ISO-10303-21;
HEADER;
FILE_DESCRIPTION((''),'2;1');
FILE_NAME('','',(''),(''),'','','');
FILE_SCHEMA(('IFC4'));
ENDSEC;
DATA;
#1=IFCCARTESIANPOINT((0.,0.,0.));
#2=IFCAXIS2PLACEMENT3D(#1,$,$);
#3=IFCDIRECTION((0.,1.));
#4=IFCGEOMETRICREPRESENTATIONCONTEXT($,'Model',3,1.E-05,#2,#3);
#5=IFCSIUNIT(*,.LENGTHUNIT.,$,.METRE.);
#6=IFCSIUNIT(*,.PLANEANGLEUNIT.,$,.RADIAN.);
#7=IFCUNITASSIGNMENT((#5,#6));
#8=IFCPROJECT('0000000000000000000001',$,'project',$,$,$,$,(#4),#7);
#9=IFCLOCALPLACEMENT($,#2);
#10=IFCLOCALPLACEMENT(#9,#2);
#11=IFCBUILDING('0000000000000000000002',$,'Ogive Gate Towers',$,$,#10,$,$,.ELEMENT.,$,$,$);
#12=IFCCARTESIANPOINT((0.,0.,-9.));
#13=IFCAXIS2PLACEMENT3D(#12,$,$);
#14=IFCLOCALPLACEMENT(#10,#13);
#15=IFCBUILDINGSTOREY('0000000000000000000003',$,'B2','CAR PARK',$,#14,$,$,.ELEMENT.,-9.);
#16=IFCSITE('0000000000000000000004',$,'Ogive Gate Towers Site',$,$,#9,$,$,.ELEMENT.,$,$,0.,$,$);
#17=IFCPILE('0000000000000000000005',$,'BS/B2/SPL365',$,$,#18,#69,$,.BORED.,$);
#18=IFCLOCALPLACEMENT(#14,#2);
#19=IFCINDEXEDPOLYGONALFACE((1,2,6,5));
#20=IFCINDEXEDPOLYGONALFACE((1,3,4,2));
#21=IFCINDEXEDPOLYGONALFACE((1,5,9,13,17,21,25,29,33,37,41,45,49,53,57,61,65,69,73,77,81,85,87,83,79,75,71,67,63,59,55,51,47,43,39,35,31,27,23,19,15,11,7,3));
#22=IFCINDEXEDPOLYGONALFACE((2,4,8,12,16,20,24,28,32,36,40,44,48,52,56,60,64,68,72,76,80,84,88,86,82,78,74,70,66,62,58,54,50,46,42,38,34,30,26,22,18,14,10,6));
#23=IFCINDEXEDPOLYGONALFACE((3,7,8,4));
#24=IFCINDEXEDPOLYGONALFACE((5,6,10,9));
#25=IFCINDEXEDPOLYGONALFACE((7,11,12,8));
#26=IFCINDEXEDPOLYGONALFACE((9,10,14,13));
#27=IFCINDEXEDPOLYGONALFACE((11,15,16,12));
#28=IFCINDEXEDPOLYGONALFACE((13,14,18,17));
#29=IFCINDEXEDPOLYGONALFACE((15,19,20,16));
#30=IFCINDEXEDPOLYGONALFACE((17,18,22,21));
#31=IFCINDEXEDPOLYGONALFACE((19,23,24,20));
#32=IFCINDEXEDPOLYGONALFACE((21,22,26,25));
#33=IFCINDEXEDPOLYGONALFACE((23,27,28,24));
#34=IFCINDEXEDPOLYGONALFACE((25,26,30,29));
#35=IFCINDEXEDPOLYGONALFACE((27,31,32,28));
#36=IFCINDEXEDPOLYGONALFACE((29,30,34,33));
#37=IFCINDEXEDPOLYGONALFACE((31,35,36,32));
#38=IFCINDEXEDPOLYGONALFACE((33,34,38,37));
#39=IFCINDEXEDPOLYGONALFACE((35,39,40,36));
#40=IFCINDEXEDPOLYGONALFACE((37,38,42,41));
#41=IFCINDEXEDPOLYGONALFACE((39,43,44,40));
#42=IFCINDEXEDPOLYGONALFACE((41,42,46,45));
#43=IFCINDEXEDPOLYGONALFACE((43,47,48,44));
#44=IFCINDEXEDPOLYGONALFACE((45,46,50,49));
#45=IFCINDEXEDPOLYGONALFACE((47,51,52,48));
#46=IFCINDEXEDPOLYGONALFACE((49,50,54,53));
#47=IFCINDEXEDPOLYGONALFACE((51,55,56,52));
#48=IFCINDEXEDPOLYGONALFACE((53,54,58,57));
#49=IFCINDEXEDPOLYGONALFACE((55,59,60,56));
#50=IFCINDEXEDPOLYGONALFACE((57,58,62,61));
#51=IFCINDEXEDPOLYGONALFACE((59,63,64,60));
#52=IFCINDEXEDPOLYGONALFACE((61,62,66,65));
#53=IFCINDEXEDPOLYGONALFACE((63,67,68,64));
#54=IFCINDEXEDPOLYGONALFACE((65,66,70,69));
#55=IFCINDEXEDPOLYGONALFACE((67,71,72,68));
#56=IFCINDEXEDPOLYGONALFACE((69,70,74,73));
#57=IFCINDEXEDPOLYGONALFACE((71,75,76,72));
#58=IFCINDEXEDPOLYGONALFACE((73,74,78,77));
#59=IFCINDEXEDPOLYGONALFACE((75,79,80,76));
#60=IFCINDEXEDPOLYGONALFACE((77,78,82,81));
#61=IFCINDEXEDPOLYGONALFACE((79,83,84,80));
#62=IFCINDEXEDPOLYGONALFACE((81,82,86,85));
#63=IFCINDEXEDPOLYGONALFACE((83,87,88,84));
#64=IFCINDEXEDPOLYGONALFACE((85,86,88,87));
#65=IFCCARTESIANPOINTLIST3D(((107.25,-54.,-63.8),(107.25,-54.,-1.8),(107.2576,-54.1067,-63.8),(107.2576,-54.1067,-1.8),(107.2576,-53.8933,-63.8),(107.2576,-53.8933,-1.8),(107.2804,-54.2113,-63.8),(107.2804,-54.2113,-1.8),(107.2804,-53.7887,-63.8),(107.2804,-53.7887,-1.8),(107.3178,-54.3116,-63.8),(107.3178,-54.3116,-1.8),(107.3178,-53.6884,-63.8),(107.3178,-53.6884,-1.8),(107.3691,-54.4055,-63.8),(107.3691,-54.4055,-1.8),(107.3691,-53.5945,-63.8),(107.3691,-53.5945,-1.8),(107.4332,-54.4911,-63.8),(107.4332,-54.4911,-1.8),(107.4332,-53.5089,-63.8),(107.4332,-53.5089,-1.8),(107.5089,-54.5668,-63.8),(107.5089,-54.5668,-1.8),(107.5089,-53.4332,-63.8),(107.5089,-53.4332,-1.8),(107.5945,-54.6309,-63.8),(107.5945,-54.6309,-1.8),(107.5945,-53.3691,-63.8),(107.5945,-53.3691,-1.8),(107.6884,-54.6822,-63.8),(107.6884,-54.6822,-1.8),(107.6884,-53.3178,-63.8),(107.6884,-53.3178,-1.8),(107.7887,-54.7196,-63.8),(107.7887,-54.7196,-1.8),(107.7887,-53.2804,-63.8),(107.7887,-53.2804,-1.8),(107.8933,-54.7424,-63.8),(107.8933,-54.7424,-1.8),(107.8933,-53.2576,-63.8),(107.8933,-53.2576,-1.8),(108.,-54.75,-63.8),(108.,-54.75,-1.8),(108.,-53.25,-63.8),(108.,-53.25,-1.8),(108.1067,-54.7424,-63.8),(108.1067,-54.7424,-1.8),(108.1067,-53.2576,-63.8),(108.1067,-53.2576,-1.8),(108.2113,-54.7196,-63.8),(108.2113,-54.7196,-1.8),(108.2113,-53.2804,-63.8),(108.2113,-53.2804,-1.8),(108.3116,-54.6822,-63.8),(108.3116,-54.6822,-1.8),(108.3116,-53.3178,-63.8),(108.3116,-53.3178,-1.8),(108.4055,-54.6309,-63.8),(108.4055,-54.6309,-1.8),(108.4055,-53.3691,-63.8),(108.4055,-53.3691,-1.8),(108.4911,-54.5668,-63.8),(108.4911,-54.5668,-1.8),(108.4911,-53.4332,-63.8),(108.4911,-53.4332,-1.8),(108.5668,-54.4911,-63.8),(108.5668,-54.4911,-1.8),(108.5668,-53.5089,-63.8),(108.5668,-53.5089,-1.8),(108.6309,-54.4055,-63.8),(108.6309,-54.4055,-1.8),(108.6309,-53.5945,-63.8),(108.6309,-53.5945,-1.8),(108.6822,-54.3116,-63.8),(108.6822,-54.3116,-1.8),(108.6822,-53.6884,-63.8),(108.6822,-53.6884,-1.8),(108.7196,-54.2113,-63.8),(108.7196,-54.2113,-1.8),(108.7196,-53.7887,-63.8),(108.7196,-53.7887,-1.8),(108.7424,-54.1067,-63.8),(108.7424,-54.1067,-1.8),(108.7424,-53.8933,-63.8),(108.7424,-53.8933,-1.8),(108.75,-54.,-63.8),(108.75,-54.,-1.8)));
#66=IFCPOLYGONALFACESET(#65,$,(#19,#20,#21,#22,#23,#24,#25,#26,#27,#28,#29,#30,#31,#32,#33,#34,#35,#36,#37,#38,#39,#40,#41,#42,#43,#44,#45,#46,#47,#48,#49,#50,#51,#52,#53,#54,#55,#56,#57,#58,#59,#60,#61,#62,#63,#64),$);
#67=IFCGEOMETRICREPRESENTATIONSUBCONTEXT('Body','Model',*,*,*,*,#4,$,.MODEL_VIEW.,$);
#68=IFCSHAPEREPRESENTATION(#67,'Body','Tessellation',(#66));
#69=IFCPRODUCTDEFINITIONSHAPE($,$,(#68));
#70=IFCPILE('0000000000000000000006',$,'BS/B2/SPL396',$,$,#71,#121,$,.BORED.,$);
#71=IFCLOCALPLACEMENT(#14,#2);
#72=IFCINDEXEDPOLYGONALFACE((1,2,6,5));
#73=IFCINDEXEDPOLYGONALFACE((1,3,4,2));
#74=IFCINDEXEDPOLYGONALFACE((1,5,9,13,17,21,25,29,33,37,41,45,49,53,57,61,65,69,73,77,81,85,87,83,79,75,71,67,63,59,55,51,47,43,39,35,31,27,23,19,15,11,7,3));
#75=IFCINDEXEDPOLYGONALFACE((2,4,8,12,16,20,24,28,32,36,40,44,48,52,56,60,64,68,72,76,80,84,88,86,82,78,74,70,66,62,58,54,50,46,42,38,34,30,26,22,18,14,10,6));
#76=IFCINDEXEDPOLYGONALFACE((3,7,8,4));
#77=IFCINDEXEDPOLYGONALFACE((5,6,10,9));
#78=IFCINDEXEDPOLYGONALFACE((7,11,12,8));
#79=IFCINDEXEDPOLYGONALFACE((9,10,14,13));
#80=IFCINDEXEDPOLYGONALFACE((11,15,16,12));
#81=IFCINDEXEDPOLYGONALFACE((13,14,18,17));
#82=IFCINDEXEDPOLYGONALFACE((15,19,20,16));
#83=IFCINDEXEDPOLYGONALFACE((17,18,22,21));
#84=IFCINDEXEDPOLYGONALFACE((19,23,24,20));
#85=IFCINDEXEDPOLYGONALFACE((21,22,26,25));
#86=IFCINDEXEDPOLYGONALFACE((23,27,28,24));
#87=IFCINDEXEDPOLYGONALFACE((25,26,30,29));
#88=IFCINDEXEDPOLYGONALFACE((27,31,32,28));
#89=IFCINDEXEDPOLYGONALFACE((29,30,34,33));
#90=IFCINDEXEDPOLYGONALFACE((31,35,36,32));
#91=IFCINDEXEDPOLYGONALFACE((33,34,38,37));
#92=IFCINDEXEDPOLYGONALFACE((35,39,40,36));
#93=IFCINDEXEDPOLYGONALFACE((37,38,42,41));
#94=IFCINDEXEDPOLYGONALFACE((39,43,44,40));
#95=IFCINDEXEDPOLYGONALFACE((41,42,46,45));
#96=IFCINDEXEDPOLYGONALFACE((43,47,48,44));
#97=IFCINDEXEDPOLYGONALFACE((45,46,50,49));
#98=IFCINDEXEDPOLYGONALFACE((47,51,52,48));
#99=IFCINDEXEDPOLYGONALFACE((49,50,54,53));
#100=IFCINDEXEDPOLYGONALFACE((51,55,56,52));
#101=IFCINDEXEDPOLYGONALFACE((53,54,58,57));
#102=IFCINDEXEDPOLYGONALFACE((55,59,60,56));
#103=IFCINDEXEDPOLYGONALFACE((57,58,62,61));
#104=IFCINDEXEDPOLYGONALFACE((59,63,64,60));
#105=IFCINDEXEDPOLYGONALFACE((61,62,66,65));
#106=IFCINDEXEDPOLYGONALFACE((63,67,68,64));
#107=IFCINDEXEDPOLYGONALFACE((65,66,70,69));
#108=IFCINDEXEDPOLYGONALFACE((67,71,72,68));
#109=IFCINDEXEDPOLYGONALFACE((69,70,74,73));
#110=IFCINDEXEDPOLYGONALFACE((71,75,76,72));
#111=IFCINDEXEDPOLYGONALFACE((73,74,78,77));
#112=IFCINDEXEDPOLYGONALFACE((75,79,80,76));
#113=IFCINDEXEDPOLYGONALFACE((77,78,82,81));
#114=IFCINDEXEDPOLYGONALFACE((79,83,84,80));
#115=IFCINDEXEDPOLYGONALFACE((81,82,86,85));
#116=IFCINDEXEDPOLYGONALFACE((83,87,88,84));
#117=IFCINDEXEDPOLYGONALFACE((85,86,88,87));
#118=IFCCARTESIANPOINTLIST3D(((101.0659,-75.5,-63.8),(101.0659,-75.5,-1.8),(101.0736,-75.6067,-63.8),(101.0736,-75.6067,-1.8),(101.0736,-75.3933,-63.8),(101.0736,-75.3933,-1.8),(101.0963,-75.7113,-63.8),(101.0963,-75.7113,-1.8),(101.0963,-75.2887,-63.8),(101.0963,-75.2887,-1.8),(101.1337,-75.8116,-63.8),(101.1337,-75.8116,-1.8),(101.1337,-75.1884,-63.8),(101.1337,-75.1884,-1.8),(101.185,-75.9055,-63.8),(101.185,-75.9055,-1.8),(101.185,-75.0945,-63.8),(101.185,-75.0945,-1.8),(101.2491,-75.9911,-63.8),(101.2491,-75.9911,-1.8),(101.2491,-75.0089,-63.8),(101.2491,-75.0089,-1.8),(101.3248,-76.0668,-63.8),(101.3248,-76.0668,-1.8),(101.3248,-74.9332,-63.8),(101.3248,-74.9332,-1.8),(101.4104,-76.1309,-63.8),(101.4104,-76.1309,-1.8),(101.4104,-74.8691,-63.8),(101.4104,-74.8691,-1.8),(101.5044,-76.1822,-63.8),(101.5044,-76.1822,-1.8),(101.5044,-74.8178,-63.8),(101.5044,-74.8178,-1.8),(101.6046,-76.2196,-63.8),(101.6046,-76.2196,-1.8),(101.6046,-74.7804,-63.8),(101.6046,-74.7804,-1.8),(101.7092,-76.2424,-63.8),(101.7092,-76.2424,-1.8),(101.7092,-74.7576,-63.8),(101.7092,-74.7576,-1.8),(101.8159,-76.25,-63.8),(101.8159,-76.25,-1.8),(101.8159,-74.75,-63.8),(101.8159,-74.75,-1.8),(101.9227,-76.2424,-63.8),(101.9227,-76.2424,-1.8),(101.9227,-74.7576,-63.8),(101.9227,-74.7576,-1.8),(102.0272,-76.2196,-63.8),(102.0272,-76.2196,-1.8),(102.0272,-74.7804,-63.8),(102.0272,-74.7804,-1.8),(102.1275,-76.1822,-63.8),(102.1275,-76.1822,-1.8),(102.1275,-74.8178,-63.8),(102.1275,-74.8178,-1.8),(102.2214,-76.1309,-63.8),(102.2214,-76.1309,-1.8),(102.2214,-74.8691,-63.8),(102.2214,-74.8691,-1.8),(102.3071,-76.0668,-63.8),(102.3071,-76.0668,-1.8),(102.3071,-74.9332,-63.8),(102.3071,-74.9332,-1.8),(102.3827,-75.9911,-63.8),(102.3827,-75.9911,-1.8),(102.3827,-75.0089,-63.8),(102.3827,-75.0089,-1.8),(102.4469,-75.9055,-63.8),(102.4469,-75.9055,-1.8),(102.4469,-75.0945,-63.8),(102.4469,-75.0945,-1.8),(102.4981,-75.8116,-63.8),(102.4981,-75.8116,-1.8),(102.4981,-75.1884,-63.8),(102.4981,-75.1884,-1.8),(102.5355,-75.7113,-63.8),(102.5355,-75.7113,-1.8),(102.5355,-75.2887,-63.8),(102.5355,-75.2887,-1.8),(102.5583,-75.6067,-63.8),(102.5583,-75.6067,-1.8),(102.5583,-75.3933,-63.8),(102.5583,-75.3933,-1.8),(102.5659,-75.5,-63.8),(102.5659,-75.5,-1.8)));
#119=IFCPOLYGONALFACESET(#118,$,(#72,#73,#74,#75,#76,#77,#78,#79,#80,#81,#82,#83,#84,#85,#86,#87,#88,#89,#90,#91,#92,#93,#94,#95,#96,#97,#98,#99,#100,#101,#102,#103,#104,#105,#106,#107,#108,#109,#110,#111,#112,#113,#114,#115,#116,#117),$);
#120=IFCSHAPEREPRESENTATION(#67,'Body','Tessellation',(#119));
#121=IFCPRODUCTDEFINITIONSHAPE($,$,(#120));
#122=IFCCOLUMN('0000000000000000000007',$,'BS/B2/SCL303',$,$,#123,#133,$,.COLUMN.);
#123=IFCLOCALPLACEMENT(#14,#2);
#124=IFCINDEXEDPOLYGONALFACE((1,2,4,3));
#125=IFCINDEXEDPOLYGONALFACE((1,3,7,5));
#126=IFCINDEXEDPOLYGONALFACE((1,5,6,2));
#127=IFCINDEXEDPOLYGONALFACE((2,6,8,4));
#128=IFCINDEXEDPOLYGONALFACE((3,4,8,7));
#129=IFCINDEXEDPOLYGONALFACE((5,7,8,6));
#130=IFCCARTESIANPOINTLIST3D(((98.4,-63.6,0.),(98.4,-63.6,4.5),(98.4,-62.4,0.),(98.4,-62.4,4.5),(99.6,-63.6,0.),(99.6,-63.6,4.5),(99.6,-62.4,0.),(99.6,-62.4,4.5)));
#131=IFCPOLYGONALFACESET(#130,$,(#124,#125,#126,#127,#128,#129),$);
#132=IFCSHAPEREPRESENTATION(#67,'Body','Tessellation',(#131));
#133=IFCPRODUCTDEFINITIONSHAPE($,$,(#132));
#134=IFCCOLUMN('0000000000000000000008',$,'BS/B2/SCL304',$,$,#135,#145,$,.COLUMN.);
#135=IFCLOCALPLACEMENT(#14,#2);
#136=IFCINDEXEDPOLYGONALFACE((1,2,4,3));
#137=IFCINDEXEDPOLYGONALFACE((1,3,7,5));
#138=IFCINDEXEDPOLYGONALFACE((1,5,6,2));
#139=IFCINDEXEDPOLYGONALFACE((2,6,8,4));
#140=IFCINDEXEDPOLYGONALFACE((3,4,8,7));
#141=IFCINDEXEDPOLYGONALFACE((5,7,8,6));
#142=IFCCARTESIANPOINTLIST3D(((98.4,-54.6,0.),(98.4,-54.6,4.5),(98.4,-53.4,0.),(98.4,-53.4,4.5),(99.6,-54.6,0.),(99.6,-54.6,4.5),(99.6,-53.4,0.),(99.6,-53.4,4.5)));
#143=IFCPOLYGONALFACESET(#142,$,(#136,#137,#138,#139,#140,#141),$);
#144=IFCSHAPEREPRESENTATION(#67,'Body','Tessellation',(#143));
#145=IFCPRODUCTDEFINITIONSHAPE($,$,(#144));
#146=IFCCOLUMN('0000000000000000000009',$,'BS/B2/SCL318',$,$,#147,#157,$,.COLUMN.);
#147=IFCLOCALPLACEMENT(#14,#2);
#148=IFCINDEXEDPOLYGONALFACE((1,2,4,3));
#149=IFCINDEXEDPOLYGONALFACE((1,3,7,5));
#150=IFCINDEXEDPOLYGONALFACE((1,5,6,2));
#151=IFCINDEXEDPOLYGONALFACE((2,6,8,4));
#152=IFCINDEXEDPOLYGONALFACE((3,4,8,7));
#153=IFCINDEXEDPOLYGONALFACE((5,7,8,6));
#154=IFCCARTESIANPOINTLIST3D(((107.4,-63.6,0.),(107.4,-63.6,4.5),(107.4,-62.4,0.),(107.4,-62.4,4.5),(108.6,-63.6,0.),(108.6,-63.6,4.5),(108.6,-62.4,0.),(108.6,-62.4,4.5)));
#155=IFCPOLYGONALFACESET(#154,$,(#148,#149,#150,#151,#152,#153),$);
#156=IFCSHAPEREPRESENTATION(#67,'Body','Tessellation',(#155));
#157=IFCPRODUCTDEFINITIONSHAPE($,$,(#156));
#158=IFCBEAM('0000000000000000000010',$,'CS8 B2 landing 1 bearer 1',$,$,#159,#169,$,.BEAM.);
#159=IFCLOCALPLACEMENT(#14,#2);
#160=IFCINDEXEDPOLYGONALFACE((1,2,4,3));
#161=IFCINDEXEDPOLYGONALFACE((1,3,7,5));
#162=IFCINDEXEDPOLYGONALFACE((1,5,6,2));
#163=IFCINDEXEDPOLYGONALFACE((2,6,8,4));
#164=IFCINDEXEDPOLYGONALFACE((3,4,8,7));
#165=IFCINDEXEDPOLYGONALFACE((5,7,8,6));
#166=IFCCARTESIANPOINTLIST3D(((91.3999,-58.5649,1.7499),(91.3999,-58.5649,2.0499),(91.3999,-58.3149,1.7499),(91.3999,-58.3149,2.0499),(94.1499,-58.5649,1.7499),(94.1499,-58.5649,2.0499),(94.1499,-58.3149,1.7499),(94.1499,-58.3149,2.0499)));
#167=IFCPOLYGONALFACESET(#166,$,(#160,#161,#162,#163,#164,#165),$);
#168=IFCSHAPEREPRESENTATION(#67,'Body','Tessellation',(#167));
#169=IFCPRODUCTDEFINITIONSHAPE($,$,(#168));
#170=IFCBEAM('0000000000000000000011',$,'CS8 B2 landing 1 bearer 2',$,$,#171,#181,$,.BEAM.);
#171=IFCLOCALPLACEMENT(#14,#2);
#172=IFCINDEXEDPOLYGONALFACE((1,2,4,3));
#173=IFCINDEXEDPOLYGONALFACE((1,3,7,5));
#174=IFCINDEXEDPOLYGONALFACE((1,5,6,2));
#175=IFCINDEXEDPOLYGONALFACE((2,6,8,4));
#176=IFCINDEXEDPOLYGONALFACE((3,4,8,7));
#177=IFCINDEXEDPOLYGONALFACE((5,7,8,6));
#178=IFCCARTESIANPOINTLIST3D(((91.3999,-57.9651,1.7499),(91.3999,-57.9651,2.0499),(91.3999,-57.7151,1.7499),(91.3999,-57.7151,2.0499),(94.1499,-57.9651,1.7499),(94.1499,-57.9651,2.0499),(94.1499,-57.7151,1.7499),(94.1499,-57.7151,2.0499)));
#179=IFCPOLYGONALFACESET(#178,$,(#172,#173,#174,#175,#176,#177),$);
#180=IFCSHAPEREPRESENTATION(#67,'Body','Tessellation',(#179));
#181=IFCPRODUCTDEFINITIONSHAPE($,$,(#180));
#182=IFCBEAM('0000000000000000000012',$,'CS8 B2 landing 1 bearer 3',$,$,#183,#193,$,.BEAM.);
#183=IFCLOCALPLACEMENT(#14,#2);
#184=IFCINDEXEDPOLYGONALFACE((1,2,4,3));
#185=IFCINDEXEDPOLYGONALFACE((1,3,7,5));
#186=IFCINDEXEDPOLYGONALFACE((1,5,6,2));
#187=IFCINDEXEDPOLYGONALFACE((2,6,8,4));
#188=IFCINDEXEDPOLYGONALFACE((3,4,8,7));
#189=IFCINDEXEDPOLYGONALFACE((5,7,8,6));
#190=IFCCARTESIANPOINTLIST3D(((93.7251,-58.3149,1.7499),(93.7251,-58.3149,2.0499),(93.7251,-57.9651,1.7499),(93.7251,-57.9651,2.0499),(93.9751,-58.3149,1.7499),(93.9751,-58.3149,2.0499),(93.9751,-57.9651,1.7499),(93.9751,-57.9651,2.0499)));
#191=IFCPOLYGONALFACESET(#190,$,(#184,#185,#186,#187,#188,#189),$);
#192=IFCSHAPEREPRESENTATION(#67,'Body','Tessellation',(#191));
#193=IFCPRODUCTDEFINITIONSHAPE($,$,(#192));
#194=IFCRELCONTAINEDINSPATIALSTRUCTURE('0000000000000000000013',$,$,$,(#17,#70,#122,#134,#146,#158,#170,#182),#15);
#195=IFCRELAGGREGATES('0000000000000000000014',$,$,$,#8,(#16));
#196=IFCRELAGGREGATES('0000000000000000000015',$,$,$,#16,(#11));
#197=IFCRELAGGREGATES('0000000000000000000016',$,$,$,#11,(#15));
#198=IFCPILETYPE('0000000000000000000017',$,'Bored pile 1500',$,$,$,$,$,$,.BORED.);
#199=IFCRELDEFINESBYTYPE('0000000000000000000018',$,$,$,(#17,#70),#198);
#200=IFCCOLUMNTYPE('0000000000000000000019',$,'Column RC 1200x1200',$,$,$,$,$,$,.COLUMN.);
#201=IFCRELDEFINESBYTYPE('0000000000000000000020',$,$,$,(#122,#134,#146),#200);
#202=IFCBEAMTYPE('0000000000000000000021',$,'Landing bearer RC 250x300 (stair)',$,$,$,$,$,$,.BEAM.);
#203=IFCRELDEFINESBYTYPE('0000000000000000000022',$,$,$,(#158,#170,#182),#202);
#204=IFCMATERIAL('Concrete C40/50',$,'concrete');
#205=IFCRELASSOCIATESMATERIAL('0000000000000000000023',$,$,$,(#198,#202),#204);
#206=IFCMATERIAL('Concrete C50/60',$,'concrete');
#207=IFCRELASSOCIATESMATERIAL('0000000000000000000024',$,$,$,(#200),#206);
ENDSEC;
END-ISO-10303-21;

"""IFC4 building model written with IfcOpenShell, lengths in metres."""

from ifc_helpers import new_model, si_unit, direction, frame, origin, origin_2d, place, context, subcontext, project, spatial, rectangle, circle, extrude, material, material_profile, profile_set, type_object, element, save


model = new_model("IFC4")

# Units and contexts
model_context = context("Model", 3, precision=1e-05, world=origin(), true_north=direction((0.0, 1.0)))
body_context = subcontext(model_context, "Body", "Model", "MODEL_VIEW")
ifc_project = project(units=[si_unit("LENGTHUNIT", "METRE"), si_unit("PLANEANGLEUNIT", "RADIAN")], contexts=[model_context])

# Site, building, storey
site_placement = place(None, origin())
site = spatial("IfcSite", under=ifc_project, at=site_placement, Name="Ogive Gate Towers Site", CompositionType="ELEMENT", RefElevation=0.0)
building_placement = place(site_placement, origin())
building = spatial("IfcBuilding", under=site, at=building_placement, Name="Ogive Gate Towers", CompositionType="ELEMENT")
storey_placement = place(building_placement, frame((0.0, 0.0, -9.0)))
storey = spatial("IfcBuildingStorey", under=building, at=storey_placement, Name="B2", Description="CAR PARK", CompositionType="ELEMENT", Elevation=-9.0)

# Piles
ifc_material_1 = material(Name="Concrete C40/50", Category="concrete")
ifc_material_profile_1 = material_profile(ifc_material_1, circle(Radius=0.75, at=origin_2d()), Name="BP 1500")
ifc_profile_set_1 = profile_set([ifc_material_profile_1], Name="Concrete C40/50")
pile_type = type_object("IfcPileType", Name="Bored pile 1500", PredefinedType="BORED", material=ifc_profile_set_1)
for number, where, z_axis, x_axis, name in (
    (1, (108.0, -54.0, -1.8), (0.0, 0.0, -1.0), (1.0, 0.0, 0.0), "BS/B2/SPL365"),
    (2, (101.8159, -75.5, -1.8), (0.0, 0.0, -1.0), (1.0, 0.0, 0.0), "BS/B2/SPL396"),
):
    element("IfcPile", number, at=place(storey_placement, frame(where, z_axis=z_axis, x_axis=x_axis)), inside=storey, type_object=pile_type, Name=name, PredefinedType="BORED", context=body_context, shape_type="SweptSolid", body=[
        extrude(circle(Radius=0.75, at=origin_2d()), origin(), (0.0, 0.0, 1.0), 62.0),
    ])

# Columns
ifc_material_2 = material(Name="Concrete C50/60", Category="concrete")
ifc_material_profile_2 = material_profile(ifc_material_2, rectangle(XDim=1.2, YDim=1.2, at=origin_2d()), Name="RC 1200x1200")
ifc_profile_set_2 = profile_set([ifc_material_profile_2], Name="Concrete C50/60")
column_type = type_object("IfcColumnType", Name="Column RC 1200x1200", PredefinedType="COLUMN", material=ifc_profile_set_2)
for number, where, z_axis, x_axis, name in (
    (3, (99.0, -63.0, 0.0), (0.0, 0.0, 1.0), (1.0, 0.0, 0.0), "BS/B2/SCL303"),
    (4, (99.0, -54.0, 0.0), (0.0, 0.0, 1.0), (1.0, 0.0, 0.0), "BS/B2/SCL304"),
    (5, (108.0, -63.0, 0.0), (0.0, 0.0, 1.0), (1.0, 0.0, 0.0), "BS/B2/SCL318"),
):
    element("IfcColumn", number, at=place(storey_placement, frame(where, z_axis=z_axis, x_axis=x_axis)), inside=storey, type_object=column_type, Name=name, PredefinedType="COLUMN", context=body_context, shape_type="SweptSolid", body=[
        extrude(rectangle(XDim=1.2, YDim=1.2, at=origin_2d()), origin(), (0.0, 0.0, 1.0), 4.5),
    ])

# Beams
ifc_material_profile_3 = material_profile(ifc_material_1, rectangle(XDim=0.25, YDim=0.3, at=origin_2d()), Name="RC 250x300")
ifc_profile_set_3 = profile_set([ifc_material_profile_3], Name="Concrete C40/50")
beam_type = type_object("IfcBeamType", Name="Landing bearer RC 250x300 (stair)", PredefinedType="BEAM", material=ifc_profile_set_3)
for number, where, z_axis, x_axis, name in (
    (6, (94.1499, -58.4399, 1.8999), (-1.0, 0.0, 0.0), (0.0, -1.0, 0.0), "CS8 B2 landing 1 bearer 1"),
    (7, (94.1499, -57.8401, 1.8999), (-1.0, 0.0, 0.0), (0.0, -1.0, 0.0), "CS8 B2 landing 1 bearer 2"),
):
    element("IfcBeam", number, at=place(storey_placement, frame(where, z_axis=z_axis, x_axis=x_axis)), inside=storey, type_object=beam_type, Name=name, PredefinedType="BEAM", context=body_context, shape_type="SweptSolid", body=[
        extrude(rectangle(XDim=0.25, YDim=0.3, at=origin_2d()), origin(), (0.0, 0.0, 1.0), 2.75),
    ])
beam_placement = place(storey_placement, frame((93.8501, -58.3149, 1.8999), z_axis=(0.0, 1.0, 0.0), x_axis=(-1.0, 0.0, 0.0)))
element("IfcBeam", 8, at=beam_placement, inside=storey, type_object=beam_type, Name="CS8 B2 landing 1 bearer 3", PredefinedType="BEAM", context=body_context, shape_type="SweptSolid", body=[
    extrude(rectangle(XDim=0.25, YDim=0.3, at=origin_2d()), origin(), (0.0, 0.0, 1.0), 0.3499),
])

save(model, "model.ifc")
